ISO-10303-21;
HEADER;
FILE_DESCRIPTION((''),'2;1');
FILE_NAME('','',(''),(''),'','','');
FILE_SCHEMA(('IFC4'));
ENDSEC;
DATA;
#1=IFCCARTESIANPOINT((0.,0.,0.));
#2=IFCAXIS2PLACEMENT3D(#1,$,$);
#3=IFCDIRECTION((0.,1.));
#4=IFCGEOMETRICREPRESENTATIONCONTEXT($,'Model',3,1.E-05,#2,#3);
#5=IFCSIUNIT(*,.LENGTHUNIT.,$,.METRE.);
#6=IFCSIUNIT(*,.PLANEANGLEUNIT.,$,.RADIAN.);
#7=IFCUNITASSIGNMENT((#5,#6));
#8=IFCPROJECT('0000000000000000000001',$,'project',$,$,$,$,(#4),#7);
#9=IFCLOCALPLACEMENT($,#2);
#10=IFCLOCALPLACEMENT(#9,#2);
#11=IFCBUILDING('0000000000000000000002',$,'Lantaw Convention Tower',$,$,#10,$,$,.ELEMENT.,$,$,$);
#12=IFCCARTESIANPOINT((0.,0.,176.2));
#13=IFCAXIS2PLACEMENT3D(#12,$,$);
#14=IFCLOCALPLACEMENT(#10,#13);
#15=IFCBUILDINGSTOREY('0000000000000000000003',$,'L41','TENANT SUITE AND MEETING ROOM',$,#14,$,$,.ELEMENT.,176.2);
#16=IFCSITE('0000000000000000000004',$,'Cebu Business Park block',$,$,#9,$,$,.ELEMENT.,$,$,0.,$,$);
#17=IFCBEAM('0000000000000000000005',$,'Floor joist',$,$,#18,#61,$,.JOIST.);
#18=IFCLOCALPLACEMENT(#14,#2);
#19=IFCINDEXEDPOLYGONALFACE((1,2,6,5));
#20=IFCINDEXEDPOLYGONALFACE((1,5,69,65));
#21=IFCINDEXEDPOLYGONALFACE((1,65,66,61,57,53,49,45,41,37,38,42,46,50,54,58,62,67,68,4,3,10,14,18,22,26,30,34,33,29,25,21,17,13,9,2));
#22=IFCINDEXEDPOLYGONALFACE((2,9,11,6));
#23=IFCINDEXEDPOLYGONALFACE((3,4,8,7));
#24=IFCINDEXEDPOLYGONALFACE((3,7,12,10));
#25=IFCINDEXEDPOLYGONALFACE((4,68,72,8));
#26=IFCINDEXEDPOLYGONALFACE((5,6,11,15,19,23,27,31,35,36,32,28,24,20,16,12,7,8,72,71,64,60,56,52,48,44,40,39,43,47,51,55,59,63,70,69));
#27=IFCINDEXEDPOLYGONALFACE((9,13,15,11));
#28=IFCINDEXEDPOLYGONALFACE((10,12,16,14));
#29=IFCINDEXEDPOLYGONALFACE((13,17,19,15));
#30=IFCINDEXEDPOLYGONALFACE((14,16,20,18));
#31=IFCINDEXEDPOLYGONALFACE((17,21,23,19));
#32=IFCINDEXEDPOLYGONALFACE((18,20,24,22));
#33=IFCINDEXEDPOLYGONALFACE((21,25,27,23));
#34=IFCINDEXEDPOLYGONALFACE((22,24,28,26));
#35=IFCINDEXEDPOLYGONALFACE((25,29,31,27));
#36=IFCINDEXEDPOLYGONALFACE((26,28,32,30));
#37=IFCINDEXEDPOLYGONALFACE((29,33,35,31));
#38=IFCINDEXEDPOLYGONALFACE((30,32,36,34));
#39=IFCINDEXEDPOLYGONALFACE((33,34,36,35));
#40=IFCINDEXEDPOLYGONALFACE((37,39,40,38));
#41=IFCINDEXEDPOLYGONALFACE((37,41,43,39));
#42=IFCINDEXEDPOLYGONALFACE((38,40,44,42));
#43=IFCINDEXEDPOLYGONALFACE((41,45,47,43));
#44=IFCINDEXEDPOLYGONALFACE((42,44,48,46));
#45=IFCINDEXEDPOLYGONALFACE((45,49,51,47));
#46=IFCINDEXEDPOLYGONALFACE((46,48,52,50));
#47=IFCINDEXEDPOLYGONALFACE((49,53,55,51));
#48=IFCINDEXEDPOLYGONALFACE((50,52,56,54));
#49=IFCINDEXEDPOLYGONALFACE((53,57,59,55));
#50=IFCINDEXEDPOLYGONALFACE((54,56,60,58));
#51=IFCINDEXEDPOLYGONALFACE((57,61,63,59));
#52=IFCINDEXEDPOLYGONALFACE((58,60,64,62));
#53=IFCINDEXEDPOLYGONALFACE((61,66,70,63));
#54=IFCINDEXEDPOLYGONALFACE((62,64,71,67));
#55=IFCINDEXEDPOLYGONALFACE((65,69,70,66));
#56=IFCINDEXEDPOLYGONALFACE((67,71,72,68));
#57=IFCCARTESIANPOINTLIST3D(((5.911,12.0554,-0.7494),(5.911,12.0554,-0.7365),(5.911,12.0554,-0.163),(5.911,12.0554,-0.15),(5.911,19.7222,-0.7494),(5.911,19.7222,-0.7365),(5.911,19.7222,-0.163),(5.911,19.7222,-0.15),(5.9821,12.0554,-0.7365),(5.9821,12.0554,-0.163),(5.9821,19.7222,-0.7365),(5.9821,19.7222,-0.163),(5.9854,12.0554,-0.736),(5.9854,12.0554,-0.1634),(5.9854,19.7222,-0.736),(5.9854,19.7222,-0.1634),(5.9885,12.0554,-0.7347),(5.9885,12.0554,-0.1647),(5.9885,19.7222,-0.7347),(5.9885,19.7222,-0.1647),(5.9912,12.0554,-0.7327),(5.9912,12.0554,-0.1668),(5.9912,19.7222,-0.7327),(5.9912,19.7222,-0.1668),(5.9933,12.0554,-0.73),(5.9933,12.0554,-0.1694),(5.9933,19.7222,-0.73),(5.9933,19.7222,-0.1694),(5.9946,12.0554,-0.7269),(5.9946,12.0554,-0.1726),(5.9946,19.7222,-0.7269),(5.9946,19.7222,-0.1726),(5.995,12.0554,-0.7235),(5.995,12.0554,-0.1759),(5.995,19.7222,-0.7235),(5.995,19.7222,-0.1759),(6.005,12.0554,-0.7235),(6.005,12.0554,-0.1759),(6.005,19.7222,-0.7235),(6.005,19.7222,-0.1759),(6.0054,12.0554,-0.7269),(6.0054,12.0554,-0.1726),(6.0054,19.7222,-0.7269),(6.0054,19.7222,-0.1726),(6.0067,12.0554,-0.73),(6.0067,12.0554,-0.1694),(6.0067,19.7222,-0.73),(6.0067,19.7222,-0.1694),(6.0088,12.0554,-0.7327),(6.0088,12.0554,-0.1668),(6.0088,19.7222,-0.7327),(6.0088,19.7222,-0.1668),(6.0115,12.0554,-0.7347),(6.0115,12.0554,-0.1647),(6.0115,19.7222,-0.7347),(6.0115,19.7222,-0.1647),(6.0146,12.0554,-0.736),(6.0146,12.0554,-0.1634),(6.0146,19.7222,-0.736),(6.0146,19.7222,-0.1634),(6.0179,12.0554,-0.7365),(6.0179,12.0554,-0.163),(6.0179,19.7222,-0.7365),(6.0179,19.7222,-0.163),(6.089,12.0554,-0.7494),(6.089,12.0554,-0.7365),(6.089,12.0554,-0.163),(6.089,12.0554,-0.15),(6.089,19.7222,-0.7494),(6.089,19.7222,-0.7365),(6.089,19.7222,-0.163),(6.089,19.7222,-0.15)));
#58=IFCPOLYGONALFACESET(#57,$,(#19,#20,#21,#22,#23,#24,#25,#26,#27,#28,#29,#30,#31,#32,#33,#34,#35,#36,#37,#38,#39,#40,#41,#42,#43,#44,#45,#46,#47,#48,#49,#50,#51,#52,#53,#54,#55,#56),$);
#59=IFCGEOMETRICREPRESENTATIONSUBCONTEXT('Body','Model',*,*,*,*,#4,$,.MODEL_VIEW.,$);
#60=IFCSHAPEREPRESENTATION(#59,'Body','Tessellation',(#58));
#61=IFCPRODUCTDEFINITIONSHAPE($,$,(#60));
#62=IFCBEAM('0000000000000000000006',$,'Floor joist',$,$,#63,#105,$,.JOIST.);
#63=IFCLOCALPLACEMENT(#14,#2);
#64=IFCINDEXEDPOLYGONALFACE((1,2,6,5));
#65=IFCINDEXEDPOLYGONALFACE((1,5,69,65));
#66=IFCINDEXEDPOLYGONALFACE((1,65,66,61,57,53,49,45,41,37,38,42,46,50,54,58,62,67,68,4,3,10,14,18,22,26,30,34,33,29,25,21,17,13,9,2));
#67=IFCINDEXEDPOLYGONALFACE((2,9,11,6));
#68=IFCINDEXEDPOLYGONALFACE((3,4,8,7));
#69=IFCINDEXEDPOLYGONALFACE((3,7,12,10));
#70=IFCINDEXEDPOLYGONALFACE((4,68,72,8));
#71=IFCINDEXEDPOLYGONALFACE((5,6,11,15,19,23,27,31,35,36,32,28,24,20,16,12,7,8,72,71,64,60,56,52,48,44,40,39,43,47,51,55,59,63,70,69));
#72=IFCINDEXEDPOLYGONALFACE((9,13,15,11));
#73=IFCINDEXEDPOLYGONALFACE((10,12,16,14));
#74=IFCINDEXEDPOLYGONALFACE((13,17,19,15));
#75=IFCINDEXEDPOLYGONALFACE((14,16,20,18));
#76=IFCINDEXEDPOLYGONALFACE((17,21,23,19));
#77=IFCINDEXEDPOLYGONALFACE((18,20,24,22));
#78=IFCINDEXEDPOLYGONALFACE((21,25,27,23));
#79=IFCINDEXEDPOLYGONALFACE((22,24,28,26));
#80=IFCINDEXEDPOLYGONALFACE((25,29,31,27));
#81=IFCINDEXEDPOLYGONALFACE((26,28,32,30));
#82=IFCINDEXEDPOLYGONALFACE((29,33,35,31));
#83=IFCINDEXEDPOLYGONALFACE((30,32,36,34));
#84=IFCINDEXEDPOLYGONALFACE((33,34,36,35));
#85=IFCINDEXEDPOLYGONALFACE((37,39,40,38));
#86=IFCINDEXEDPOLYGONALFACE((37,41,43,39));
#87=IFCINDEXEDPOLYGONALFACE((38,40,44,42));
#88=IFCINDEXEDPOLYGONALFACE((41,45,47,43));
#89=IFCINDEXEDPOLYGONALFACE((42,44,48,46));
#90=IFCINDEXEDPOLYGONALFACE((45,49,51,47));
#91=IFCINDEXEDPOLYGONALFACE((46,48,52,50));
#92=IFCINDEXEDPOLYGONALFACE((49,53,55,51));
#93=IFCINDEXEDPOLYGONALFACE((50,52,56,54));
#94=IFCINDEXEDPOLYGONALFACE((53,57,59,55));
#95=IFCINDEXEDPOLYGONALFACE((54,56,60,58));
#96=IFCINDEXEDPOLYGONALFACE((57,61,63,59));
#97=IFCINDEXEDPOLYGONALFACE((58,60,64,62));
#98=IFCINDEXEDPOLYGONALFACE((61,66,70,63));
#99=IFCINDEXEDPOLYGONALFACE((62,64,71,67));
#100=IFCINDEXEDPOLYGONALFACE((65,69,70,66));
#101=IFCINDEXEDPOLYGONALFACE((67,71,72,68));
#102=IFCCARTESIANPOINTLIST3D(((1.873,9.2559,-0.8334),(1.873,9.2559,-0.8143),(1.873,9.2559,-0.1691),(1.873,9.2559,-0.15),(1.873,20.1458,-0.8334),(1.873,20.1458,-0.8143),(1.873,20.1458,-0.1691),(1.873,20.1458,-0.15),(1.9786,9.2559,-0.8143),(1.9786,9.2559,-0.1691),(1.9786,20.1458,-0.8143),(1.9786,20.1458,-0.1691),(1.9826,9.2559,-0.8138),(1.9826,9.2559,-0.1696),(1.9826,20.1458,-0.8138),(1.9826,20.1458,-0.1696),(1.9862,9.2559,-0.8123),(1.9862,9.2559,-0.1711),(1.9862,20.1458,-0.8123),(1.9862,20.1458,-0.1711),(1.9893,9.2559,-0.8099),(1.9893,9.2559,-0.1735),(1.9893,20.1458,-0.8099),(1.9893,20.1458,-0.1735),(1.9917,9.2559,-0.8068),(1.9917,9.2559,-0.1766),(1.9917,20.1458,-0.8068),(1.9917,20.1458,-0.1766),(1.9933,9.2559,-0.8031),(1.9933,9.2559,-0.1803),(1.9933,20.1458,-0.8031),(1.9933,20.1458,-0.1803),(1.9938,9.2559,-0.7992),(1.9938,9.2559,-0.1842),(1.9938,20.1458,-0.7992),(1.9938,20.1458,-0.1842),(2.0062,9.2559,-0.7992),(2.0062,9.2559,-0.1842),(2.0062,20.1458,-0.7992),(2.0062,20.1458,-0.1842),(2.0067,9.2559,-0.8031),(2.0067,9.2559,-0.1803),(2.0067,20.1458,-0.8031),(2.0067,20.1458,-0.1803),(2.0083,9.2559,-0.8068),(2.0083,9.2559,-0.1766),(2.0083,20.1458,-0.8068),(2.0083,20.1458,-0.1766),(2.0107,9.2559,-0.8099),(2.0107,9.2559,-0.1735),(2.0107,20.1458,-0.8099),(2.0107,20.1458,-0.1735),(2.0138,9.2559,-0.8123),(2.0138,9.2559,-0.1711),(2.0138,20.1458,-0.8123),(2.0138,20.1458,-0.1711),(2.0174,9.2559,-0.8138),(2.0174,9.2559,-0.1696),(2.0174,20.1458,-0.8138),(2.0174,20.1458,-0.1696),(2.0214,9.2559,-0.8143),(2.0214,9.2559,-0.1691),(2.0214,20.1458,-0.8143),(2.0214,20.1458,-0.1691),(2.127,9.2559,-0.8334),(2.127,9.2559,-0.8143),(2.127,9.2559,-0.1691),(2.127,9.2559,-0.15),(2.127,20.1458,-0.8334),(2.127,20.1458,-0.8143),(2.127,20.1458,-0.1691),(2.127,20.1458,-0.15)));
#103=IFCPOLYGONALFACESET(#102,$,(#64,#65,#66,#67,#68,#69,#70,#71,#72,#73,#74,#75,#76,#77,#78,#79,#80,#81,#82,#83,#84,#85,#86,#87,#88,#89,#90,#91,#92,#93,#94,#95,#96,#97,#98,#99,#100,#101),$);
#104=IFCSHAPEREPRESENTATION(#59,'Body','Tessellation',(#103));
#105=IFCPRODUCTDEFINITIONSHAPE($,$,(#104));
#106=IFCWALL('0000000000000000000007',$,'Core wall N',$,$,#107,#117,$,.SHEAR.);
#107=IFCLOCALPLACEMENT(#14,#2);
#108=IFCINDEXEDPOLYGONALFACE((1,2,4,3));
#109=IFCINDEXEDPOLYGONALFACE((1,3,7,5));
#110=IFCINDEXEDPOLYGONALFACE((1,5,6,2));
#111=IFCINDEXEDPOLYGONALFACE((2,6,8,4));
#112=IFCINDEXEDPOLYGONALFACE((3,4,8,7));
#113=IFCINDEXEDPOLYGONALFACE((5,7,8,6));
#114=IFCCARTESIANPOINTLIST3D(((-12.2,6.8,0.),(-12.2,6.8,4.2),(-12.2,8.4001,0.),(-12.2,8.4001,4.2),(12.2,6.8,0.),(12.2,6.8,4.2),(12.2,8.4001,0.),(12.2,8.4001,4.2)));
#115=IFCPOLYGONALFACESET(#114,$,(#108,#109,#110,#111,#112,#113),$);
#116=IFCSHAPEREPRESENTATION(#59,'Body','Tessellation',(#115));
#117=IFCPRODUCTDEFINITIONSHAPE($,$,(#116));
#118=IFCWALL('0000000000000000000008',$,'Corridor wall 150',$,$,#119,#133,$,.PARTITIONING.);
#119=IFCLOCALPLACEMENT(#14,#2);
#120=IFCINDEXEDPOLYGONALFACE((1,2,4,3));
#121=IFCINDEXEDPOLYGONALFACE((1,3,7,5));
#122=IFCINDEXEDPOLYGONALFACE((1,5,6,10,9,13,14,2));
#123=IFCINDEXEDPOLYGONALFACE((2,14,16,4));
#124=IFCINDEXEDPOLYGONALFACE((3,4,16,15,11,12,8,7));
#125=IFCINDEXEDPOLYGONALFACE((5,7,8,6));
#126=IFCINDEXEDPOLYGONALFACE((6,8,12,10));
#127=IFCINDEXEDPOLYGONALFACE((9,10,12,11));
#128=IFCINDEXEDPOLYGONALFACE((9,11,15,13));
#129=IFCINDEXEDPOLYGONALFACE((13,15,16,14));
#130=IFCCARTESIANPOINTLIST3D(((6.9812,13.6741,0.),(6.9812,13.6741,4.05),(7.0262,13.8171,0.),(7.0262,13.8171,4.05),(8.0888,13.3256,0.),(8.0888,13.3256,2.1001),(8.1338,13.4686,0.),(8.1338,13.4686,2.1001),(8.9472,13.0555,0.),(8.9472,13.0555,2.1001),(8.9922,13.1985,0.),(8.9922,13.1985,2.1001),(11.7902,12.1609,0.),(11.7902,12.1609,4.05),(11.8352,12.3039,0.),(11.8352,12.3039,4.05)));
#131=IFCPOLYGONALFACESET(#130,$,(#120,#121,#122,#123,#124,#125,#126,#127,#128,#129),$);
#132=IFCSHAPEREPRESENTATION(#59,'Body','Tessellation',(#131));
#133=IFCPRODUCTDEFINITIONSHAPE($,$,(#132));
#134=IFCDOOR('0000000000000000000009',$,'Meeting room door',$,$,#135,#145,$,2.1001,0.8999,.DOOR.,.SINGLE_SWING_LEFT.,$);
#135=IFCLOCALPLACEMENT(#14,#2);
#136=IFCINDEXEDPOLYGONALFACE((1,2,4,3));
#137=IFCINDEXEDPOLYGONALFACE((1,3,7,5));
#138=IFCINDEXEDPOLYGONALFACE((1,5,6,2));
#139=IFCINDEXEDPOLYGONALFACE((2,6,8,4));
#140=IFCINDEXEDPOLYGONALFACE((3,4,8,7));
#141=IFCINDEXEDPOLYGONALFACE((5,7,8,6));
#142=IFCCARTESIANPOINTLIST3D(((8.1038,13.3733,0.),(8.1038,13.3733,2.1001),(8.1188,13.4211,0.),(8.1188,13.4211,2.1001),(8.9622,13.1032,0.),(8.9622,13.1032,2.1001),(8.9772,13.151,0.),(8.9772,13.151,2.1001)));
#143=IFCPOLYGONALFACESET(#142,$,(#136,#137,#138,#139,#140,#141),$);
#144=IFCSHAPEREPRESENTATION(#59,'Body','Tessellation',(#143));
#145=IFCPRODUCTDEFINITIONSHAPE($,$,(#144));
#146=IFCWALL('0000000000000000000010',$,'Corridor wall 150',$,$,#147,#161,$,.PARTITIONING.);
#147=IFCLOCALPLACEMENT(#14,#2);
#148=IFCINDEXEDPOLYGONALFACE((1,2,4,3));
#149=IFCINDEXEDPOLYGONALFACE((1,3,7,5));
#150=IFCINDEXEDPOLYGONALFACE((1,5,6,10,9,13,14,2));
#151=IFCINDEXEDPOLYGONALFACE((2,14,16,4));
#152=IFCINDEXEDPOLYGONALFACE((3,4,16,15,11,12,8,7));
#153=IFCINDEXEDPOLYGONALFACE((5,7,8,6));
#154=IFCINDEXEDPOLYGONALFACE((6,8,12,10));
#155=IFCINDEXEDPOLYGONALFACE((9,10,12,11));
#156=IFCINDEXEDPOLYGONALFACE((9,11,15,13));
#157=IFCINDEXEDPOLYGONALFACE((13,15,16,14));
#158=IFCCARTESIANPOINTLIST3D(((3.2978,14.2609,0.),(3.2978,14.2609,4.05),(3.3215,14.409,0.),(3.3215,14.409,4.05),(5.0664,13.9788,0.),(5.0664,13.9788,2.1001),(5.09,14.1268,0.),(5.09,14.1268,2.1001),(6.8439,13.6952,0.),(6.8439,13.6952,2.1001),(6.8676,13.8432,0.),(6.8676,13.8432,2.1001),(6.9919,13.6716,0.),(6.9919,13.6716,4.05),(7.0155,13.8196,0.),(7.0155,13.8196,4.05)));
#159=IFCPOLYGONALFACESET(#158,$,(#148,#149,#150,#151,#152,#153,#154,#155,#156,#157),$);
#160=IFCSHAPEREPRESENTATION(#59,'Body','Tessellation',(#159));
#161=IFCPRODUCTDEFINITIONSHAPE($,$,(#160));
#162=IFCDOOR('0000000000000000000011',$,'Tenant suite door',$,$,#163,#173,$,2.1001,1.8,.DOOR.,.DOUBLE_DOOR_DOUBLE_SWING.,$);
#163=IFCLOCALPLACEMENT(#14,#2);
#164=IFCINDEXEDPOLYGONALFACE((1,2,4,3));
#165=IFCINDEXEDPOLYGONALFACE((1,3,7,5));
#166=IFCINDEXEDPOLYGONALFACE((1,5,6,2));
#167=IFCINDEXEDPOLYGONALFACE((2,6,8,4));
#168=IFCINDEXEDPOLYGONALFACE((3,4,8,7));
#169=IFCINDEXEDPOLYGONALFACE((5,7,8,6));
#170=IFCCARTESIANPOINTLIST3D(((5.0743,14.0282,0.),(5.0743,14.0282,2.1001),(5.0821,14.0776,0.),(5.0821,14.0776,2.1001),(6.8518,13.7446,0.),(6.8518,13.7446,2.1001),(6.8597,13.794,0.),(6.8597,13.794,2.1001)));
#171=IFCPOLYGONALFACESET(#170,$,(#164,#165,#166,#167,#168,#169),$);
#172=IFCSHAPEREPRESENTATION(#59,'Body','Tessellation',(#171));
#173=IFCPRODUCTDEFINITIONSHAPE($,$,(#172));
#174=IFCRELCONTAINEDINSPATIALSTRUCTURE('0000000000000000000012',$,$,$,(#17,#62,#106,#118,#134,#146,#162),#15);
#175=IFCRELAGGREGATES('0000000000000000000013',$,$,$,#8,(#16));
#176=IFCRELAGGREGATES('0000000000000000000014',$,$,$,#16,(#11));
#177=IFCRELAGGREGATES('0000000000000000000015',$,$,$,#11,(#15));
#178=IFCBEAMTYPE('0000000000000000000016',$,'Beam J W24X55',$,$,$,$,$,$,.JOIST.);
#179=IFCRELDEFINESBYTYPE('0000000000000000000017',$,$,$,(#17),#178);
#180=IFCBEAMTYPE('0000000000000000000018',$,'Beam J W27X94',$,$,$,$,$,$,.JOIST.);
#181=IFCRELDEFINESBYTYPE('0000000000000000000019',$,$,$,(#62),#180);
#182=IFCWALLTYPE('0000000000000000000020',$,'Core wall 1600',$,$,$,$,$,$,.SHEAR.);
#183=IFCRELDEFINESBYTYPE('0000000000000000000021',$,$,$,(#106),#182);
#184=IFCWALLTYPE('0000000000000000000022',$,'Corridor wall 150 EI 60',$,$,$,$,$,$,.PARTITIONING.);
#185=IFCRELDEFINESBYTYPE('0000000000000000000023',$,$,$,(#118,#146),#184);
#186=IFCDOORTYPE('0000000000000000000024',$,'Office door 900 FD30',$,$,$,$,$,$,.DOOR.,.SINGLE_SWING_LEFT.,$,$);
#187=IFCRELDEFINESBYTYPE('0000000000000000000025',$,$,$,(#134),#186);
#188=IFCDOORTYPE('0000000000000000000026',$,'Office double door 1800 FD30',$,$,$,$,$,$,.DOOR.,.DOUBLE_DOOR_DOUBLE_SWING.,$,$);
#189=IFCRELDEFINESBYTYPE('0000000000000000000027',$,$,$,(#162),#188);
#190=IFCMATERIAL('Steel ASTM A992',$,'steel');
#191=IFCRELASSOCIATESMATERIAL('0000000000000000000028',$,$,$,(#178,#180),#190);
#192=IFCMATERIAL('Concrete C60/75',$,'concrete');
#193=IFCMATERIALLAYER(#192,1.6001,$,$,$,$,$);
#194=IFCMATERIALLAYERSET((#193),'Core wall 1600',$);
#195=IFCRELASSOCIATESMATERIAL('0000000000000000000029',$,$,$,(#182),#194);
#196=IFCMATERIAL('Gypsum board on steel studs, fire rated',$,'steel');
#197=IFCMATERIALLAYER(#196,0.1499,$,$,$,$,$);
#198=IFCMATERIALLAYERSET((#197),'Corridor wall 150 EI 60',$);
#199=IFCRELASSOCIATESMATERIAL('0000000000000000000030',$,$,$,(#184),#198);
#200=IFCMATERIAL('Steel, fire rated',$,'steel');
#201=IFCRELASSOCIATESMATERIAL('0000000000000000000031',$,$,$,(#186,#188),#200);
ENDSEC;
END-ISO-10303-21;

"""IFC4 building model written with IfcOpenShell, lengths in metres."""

from ifc_helpers import new_model, si_unit, direction, frame, frame_2d, origin, origin_2d, place, context, subcontext, project, spatial, rectangle, i_section, extrude, material, layer, layer_set, material_profile, profile_set, type_object, element, fill, save


model = new_model("IFC4")

# Units and contexts
model_context = context("Model", 3, precision=1e-05, world=origin(), true_north=direction((0.0, 1.0)))
body_context = subcontext(model_context, "Body", "Model", "MODEL_VIEW")
ifc_project = project(units=[si_unit("LENGTHUNIT", "METRE"), si_unit("PLANEANGLEUNIT", "RADIAN")], contexts=[model_context])

# Site, building, storey
site_placement = place(None, origin())
site = spatial("IfcSite", under=ifc_project, at=site_placement, Name="Cebu Business Park block", CompositionType="ELEMENT", RefElevation=0.0)
building_placement = place(site_placement, origin())
building = spatial("IfcBuilding", under=site, at=building_placement, Name="Lantaw Convention Tower", CompositionType="ELEMENT")
storey_placement = place(building_placement, frame((0.0, 0.0, 176.2)))
storey = spatial("IfcBuildingStorey", under=building, at=storey_placement, Name="L41", Description="TENANT SUITE AND MEETING ROOM", CompositionType="ELEMENT", Elevation=176.2)

# Beams
ifc_material_1 = material(Name="Steel ASTM A992", Category="steel")
ifc_material_profile_1 = material_profile(ifc_material_1, i_section(OverallWidth=0.178, OverallDepth=0.5994, WebThickness=0.01, FlangeThickness=0.0129, FilletRadius=0.0129, at=origin_2d()), Name="W24X55")
ifc_profile_set_1 = profile_set([ifc_material_profile_1], Name="Steel ASTM A992")
beam_type_1 = type_object("IfcBeamType", Name="Beam J W24X55", PredefinedType="JOIST", material=ifc_profile_set_1)
beam_1_placement = place(storey_placement, frame((6.0, 12.0554, -0.4497), z_axis=(0.0, 1.0, 0.0), x_axis=(-1.0, 0.0, 0.0)))
element("IfcBeam", 1, at=beam_1_placement, inside=storey, type_object=beam_type_1, Name="Floor joist", PredefinedType="JOIST", context=body_context, shape_type="SweptSolid", body=[
    extrude(i_section(OverallWidth=0.178, OverallDepth=0.5994, WebThickness=0.01, FlangeThickness=0.0129, FilletRadius=0.0129, at=origin_2d()), origin(), (0.0, 0.0, 1.0), 7.6667),
])
ifc_material_profile_2 = material_profile(ifc_material_1, i_section(OverallWidth=0.2539, OverallDepth=0.6833, WebThickness=0.0125, FlangeThickness=0.019, FilletRadius=0.0151, at=origin_2d()), Name="W27X94")
ifc_profile_set_2 = profile_set([ifc_material_profile_2], Name="Steel ASTM A992")
beam_type_2 = type_object("IfcBeamType", Name="Beam J W27X94", PredefinedType="JOIST", material=ifc_profile_set_2)
beam_2_placement = place(storey_placement, frame((2.0, 9.2559, -0.4917), z_axis=(0.0, 1.0, 0.0), x_axis=(-1.0, 0.0, 0.0)))
element("IfcBeam", 2, at=beam_2_placement, inside=storey, type_object=beam_type_2, Name="Floor joist", PredefinedType="JOIST", context=body_context, shape_type="SweptSolid", body=[
    extrude(i_section(OverallWidth=0.2539, OverallDepth=0.6833, WebThickness=0.0125, FlangeThickness=0.019, FilletRadius=0.0151, at=origin_2d()), origin(), (0.0, 0.0, 1.0), 10.8899),
])

# Wall
ifc_material_2 = material(Name="Concrete C60/75", Category="concrete")
ifc_layer_1 = layer(ifc_material_2, 1.6001)
ifc_layer_set_1 = layer_set([ifc_layer_1], Name="Core wall 1600")
wall_type_1 = type_object("IfcWallType", Name="Core wall 1600", PredefinedType="SHEAR", material=ifc_layer_set_1)
wall_1_placement = place(storey_placement, frame((12.2, 7.6001, 0.0), z_axis=(0.0, 0.0, 1.0), x_axis=(-1.0, 0.0, 0.0)))
element("IfcWall", 3, at=wall_1_placement, inside=storey, type_object=wall_type_1, Name="Core wall N", PredefinedType="SHEAR", context=body_context, shape_type="SweptSolid", body=[
    extrude(rectangle(XDim=24.3999, YDim=1.6001, at=frame_2d((12.2, 0.0))), origin(), (0.0, 0.0, 1.0), 4.2),
])

# Walls, openings, doors
ifc_material_3 = material(Name="Gypsum board on steel studs, fire rated", Category="steel")
ifc_layer_2 = layer(ifc_material_3, 0.1499)
ifc_layer_set_2 = layer_set([ifc_layer_2], Name="Corridor wall 150 EI 60")
wall_type_2 = type_object("IfcWallType", Name="Corridor wall 150 EI 60", PredefinedType="PARTITIONING", material=ifc_layer_set_2)
wall_2_placement = place(storey_placement, frame((11.8127, 12.2324, 0.0), z_axis=(0.0, 0.0, 1.0), x_axis=(-0.953894, 0.300144, 0.0)))
wall_2 = element("IfcWall", 4, at=wall_2_placement, inside=storey, type_object=wall_type_2, Name="Corridor wall 150", PredefinedType="PARTITIONING", context=body_context, shape_type="SweptSolid", body=[
    extrude(rectangle(XDim=5.0415, YDim=0.1499, at=frame_2d((2.5208, 0.0))), origin(), (0.0, 0.0, 1.0), 4.05),
])
opening_1_placement = place(wall_2_placement, frame((2.9805, 0.0, 0.0)))
opening_1 = element("IfcOpeningElement", 5, at=opening_1_placement, cuts=wall_2, PredefinedType="OPENING", context=body_context, shape_type="SweptSolid", body=[
    extrude(rectangle(XDim=0.8999, YDim=2.1001, at=frame_2d((0.45, 1.05))), frame((0.0, 0.085, 0.0), z_axis=(0.0, -1.0, 0.0), x_axis=(1.0, 0.0, 0.0)), (0.0, 0.0, 1.0), 0.1699),
])
ifc_material_4 = material(Name="Steel, fire rated", Category="steel")
door_type_1 = type_object("IfcDoorType", Name="Office door 900 FD30", OperationType="SINGLE_SWING_LEFT", PredefinedType="DOOR", material=ifc_material_4)
door_1_placement = place(opening_1_placement, origin())
door_1 = element("IfcDoor", 6, at=door_1_placement, inside=storey, type_object=door_type_1, Name="Meeting room door", OperationType="SINGLE_SWING_LEFT", OverallHeight=2.1001, OverallWidth=0.8999, PredefinedType="DOOR", context=body_context, shape_type="SweptSolid", body=[
    extrude(rectangle(XDim=0.8999, YDim=2.1001, at=frame_2d((0.45, 1.05))), frame((0.0, 0.0249, 0.0), z_axis=(0.0, -1.0, 0.0), x_axis=(1.0, 0.0, 0.0)), (0.0, 0.0, 1.0), 0.05),
])
fill(opening_1, door_1)
wall_3_placement = place(storey_placement, frame((7.0037, 13.7456, 0.0), z_axis=(0.0, 0.0, 1.0), x_axis=(-0.987511, 0.157548, 0.0)))
wall_3 = element("IfcWall", 7, at=wall_3_placement, inside=storey, type_object=wall_type_2, Name="Corridor wall 150", PredefinedType="PARTITIONING", context=body_context, shape_type="SweptSolid", body=[
    extrude(rectangle(XDim=3.7407, YDim=0.1499, at=frame_2d((1.8704, 0.0))), origin(), (0.0, 0.0, 1.0), 4.05),
])
opening_2_placement = place(wall_3_placement, frame((0.1499, 0.0, 0.0)))
opening_2 = element("IfcOpeningElement", 8, at=opening_2_placement, cuts=wall_3, PredefinedType="OPENING", context=body_context, shape_type="SweptSolid", body=[
    extrude(rectangle(XDim=1.8, YDim=2.1001, at=frame_2d((0.8999, 1.05))), frame((0.0, 0.085, 0.0), z_axis=(0.0, -1.0, 0.0), x_axis=(1.0, 0.0, 0.0)), (0.0, 0.0, 1.0), 0.1699),
])
door_type_2 = type_object("IfcDoorType", Name="Office double door 1800 FD30", OperationType="DOUBLE_DOOR_DOUBLE_SWING", PredefinedType="DOOR", material=ifc_material_4)
door_2_placement = place(opening_2_placement, origin())
door_2 = element("IfcDoor", 9, at=door_2_placement, inside=storey, type_object=door_type_2, Name="Tenant suite door", OperationType="DOUBLE_DOOR_DOUBLE_SWING", OverallHeight=2.1001, OverallWidth=1.8, PredefinedType="DOOR", context=body_context, shape_type="SweptSolid", body=[
    extrude(rectangle(XDim=1.8, YDim=2.1001, at=frame_2d((0.8999, 1.05))), frame((0.0, 0.0249, 0.0), z_axis=(0.0, -1.0, 0.0), x_axis=(1.0, 0.0, 0.0)), (0.0, 0.0, 1.0), 0.05),
])
fill(opening_2, door_2)

save(model, "model.ifc")
